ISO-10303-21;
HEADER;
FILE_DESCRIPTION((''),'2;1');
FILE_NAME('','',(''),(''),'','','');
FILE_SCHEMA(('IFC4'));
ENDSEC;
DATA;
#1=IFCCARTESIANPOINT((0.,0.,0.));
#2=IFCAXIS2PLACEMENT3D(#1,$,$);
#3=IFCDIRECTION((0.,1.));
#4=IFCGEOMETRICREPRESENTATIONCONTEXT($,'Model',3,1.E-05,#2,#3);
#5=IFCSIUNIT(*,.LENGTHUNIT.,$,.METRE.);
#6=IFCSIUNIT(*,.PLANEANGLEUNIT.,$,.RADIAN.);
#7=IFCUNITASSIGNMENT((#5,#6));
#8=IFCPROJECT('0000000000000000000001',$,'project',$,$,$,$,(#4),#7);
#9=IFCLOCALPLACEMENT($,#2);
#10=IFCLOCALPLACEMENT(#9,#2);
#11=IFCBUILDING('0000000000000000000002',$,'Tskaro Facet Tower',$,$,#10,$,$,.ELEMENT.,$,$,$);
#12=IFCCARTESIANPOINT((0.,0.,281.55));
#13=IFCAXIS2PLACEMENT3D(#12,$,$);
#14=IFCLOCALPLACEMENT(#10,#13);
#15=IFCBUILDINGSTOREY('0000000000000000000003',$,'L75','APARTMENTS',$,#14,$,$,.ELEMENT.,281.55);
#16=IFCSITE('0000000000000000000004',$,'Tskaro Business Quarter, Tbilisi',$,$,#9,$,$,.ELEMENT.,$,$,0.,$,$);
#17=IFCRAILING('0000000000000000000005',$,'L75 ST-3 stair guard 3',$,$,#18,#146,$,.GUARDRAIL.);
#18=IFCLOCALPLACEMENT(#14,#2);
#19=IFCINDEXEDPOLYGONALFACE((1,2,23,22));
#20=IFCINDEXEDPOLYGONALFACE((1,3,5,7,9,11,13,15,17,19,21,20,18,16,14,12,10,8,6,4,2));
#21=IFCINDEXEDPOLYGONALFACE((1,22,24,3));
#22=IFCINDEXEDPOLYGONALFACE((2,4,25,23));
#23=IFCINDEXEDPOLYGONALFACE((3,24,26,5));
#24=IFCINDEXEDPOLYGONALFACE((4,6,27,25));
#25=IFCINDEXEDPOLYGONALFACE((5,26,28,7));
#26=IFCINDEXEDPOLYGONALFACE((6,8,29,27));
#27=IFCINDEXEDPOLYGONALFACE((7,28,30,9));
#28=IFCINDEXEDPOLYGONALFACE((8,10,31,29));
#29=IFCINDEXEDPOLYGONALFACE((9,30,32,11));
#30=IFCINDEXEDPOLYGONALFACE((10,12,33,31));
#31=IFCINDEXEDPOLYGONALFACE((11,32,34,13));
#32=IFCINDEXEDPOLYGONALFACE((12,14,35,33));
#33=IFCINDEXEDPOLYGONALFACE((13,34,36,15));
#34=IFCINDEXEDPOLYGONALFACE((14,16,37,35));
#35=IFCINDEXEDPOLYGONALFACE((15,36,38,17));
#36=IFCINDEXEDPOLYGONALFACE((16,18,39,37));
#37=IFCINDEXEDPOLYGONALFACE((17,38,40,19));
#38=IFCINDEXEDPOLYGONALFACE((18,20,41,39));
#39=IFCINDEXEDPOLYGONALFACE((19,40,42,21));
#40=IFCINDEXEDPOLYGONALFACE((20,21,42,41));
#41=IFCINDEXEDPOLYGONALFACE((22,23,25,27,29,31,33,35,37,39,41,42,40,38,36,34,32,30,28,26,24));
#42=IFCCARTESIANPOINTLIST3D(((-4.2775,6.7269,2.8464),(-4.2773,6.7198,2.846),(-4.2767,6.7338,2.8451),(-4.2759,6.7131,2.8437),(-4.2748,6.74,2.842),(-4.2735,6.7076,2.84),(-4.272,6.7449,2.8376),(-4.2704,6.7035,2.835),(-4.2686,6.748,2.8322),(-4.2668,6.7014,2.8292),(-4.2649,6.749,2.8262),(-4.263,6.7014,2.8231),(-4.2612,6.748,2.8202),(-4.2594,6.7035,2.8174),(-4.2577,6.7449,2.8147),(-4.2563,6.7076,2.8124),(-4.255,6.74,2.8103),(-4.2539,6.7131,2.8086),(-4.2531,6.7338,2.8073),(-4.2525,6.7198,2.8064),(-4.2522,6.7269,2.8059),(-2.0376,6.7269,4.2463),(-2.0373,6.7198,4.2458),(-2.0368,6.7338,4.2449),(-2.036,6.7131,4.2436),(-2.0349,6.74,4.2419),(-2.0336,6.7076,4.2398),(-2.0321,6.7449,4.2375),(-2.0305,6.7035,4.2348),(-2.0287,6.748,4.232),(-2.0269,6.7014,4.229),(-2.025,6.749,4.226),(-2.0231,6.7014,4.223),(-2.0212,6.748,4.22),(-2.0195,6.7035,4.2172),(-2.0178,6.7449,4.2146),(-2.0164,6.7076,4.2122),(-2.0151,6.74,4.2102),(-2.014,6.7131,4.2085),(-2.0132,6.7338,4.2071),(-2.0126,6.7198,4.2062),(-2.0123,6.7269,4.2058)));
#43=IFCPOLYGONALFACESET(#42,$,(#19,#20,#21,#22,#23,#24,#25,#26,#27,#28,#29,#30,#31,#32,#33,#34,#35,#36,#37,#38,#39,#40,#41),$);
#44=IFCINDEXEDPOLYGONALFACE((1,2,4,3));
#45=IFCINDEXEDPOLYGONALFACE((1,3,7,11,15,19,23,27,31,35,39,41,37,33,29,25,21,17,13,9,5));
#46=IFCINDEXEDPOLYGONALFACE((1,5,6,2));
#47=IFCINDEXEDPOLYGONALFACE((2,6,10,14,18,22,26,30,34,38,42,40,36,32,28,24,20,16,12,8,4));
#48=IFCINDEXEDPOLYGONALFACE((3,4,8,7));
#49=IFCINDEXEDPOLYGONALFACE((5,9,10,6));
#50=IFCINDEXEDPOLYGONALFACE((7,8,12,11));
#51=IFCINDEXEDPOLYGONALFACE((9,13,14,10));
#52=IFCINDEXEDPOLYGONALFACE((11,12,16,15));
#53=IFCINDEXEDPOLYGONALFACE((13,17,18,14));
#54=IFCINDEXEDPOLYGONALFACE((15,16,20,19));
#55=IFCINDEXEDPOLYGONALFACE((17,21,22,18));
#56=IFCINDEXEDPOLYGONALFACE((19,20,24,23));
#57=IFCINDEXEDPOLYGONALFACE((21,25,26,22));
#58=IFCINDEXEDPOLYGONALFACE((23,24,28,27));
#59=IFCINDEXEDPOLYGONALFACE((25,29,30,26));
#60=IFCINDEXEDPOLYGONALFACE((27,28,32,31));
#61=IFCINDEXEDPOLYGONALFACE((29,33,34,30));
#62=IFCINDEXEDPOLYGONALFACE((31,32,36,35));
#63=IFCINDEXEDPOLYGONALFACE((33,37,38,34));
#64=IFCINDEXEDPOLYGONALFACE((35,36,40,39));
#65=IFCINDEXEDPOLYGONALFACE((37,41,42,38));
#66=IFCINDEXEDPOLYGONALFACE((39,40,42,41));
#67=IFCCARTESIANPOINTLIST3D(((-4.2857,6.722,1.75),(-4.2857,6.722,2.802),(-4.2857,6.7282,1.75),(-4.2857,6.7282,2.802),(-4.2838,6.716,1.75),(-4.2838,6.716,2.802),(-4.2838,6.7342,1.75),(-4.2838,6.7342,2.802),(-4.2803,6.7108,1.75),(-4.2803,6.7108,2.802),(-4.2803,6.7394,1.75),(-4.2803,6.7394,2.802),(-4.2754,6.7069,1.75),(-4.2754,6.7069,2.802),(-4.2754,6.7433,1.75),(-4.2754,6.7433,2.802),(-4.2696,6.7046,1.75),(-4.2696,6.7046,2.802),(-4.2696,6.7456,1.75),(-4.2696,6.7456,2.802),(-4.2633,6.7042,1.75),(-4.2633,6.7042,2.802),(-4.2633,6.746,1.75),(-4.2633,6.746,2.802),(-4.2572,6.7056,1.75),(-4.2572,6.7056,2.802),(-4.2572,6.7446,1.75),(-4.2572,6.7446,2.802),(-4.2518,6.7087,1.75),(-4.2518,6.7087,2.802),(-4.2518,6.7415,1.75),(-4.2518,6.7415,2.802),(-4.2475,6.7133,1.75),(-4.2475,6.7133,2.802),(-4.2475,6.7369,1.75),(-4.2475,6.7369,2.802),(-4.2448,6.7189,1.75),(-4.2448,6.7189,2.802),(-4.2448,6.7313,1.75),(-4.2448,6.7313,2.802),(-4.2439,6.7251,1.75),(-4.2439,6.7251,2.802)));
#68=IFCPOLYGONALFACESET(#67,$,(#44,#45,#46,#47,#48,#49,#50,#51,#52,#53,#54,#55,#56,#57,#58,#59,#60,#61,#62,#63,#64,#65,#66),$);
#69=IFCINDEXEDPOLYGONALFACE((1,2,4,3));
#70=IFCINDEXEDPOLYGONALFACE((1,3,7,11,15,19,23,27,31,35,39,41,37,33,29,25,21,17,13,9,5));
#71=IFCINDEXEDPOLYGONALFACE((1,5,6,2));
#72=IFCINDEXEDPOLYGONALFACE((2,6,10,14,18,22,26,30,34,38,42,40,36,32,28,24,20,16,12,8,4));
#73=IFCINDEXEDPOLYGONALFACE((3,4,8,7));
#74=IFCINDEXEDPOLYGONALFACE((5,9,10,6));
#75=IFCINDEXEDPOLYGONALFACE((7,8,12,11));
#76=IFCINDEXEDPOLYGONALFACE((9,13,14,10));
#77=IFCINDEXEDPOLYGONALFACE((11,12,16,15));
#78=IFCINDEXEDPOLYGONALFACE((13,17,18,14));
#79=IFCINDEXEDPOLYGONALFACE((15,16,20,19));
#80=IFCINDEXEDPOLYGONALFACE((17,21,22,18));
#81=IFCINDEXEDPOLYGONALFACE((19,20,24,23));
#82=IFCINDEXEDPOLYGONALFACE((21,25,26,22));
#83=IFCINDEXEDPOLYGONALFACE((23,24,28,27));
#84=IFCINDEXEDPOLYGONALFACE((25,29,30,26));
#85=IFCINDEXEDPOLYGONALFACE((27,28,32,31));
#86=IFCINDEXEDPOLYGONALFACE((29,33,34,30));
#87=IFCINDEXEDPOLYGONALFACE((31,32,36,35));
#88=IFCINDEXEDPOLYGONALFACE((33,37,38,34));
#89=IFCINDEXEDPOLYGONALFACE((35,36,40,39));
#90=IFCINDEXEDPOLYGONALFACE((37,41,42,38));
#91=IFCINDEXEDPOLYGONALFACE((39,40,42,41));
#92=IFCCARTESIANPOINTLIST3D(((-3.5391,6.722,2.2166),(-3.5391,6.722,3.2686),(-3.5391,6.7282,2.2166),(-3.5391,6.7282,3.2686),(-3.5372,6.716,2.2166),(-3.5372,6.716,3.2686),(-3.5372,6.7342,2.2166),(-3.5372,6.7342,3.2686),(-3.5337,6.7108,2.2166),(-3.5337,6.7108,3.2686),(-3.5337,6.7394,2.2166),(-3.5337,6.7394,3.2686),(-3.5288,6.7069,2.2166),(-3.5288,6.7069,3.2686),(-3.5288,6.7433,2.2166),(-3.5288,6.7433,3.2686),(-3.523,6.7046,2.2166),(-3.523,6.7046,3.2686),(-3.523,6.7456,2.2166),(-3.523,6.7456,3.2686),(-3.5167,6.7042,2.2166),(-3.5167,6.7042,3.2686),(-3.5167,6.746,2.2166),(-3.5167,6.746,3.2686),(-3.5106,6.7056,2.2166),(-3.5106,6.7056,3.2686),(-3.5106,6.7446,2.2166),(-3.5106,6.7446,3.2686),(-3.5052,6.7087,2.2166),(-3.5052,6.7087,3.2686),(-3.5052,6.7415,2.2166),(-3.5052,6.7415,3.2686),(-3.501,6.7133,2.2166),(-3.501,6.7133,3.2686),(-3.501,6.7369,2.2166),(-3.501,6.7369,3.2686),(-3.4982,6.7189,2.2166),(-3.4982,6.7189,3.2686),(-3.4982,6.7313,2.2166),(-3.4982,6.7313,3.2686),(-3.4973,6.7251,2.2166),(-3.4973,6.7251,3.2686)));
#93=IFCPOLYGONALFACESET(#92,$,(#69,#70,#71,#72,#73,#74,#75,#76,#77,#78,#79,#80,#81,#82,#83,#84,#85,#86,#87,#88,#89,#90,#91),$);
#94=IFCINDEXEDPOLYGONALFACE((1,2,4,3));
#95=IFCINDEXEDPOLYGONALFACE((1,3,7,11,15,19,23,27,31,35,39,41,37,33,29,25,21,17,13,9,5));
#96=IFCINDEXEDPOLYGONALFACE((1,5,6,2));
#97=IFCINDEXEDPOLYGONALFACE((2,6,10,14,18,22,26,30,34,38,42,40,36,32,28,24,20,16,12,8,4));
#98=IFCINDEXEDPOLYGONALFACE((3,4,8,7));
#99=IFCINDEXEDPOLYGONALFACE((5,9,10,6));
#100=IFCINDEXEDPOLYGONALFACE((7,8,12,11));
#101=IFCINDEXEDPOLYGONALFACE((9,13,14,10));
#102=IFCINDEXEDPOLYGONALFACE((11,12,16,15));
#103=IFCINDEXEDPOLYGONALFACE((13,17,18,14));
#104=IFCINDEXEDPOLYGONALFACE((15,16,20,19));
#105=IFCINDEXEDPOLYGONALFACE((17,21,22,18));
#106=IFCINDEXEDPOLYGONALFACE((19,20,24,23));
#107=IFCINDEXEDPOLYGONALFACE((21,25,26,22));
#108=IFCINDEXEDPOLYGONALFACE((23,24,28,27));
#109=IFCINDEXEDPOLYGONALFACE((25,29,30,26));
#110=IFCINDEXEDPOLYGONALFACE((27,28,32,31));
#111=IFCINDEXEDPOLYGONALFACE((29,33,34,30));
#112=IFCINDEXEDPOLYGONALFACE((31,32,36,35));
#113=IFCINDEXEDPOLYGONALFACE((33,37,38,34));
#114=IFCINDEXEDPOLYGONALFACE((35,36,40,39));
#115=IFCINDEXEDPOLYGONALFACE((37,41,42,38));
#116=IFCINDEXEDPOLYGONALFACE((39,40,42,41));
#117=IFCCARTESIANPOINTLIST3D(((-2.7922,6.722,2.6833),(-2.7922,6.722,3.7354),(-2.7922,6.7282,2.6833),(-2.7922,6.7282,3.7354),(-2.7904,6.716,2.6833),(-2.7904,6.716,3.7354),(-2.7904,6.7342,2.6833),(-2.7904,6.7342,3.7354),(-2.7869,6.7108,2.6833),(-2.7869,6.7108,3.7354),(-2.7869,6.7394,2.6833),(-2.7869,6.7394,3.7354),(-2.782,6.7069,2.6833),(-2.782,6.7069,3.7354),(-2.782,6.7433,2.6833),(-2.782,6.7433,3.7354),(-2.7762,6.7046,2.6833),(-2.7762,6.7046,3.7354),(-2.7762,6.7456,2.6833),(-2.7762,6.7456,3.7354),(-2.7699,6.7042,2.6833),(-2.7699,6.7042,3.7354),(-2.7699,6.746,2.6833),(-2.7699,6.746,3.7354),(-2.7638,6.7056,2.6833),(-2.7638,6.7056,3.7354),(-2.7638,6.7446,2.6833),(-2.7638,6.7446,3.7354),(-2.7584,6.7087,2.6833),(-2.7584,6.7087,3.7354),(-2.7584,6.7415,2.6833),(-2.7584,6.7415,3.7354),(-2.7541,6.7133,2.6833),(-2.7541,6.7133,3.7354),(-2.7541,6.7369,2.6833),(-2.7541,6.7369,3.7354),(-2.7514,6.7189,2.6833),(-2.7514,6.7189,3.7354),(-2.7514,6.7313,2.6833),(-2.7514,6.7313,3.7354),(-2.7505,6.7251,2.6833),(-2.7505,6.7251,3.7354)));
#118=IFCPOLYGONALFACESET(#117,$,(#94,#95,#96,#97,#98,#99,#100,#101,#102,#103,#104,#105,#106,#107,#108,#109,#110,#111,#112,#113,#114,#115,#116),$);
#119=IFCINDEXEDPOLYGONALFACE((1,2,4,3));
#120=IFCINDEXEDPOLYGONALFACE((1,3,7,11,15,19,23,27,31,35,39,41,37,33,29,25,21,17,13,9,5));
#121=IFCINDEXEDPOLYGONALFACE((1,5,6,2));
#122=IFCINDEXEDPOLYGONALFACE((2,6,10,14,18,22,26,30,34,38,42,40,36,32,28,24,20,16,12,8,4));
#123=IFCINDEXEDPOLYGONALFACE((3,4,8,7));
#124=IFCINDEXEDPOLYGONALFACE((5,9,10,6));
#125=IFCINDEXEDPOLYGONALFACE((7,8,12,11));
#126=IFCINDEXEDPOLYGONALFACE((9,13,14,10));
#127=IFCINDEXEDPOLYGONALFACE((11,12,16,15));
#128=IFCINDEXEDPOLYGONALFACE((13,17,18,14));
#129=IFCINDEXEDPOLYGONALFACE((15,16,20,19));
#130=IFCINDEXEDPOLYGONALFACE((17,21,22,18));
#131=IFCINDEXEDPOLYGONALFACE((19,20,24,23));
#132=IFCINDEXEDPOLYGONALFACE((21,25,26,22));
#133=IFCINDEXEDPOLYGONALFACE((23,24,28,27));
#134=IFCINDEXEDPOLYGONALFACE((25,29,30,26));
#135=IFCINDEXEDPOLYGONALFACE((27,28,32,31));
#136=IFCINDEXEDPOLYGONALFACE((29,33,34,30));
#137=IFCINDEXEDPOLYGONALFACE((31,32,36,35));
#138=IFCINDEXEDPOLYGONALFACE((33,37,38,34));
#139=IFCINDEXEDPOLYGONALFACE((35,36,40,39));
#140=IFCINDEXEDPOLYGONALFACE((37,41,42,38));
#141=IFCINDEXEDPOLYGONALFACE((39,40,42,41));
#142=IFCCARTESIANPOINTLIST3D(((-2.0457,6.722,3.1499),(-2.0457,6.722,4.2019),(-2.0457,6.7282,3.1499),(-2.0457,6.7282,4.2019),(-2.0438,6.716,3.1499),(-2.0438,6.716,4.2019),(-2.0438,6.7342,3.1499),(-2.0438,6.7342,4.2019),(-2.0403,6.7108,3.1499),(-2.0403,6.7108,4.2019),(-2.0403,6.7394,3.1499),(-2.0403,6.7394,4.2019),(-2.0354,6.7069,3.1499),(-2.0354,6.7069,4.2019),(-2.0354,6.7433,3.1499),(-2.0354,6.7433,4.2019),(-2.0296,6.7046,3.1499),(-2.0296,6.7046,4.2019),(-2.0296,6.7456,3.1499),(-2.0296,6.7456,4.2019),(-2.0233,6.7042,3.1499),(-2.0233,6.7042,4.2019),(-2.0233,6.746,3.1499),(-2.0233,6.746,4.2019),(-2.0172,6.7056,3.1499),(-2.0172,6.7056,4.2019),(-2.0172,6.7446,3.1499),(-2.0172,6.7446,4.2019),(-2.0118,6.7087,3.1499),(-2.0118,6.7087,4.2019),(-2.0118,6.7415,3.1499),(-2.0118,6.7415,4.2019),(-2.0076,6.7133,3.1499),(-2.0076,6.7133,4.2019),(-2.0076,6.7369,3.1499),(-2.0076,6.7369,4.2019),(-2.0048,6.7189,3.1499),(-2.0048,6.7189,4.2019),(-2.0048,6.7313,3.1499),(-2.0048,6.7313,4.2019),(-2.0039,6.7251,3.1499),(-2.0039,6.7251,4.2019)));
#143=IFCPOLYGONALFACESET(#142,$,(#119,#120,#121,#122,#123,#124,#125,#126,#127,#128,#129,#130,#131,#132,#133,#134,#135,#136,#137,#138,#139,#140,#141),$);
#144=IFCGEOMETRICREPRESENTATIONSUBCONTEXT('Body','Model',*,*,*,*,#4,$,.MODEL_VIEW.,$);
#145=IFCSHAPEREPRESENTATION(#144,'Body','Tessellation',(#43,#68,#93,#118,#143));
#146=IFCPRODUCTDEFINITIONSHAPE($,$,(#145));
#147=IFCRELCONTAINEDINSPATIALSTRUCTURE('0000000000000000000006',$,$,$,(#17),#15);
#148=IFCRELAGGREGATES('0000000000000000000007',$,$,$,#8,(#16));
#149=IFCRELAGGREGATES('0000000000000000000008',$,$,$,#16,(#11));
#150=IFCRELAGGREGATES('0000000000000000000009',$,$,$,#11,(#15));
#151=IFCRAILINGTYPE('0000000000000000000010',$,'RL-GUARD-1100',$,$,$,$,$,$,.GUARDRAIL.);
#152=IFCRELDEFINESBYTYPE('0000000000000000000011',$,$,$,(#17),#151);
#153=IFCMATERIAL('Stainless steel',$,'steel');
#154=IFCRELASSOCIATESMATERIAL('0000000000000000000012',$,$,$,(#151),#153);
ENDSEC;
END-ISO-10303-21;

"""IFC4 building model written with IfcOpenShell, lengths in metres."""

from ifc_helpers import new_model, si_unit, direction, frame, origin, origin_2d, place, context, subcontext, project, spatial, circle, extrude, material, type_object, element, save


model = new_model("IFC4")

# Units and contexts
model_context = context("Model", 3, precision=1e-05, world=origin(), true_north=direction((0.0, 1.0)))
body_context = subcontext(model_context, "Body", "Model", "MODEL_VIEW")
ifc_project = project(units=[si_unit("LENGTHUNIT", "METRE"), si_unit("PLANEANGLEUNIT", "RADIAN")], contexts=[model_context])

# Site, building, storey
site_placement = place(None, origin())
site = spatial("IfcSite", under=ifc_project, at=site_placement, Name="Tskaro Business Quarter, Tbilisi", CompositionType="ELEMENT", RefElevation=0.0)
building_placement = place(site_placement, origin())
building = spatial("IfcBuilding", under=site, at=building_placement, Name="Tskaro Facet Tower", CompositionType="ELEMENT")
storey_placement = place(building_placement, frame((0.0, 0.0, 281.55)))
storey = spatial("IfcBuildingStorey", under=building, at=storey_placement, Name="L75", Description="APARTMENTS", CompositionType="ELEMENT", Elevation=281.55)

# Railing
ifc_material_1 = material(Name="Stainless steel", Category="steel")
railing_type_1 = type_object("IfcRailingType", Name="RL-GUARD-1100", PredefinedType="GUARDRAIL", material=ifc_material_1)
railing_1_placement = place(storey_placement, frame((-4.2649, 6.7251, 1.75)))
element("IfcRailing", 1, at=railing_1_placement, inside=storey, type_object=railing_type_1, Name="L75 ST-3 stair guard 3", PredefinedType="GUARDRAIL", context=body_context, shape_type="SweptSolid", body=[
    extrude(circle(Radius=0.0239, at=origin_2d()), frame((0.0, 0.0, 1.0762), z_axis=(0.848014, 0.0, 0.529974), x_axis=(0.0, 1.0, 0.0)), (0.0, 0.0, 1.0), 2.6414),
    extrude(circle(Radius=0.021, at=origin_2d()), origin(), (0.0, 0.0, 1.0), 1.052),
    extrude(circle(Radius=0.021, at=origin_2d()), frame((0.7466, 0.0, 0.4666)), (0.0, 0.0, 1.0), 1.052),
    extrude(circle(Radius=0.021, at=origin_2d()), frame((1.4934, 0.0, 0.9333)), (0.0, 0.0, 1.0), 1.052),
    extrude(circle(Radius=0.021, at=origin_2d()), frame((2.24, 0.0, 1.3999)), (0.0, 0.0, 1.0), 1.052),
])

save(model, "model.ifc")
